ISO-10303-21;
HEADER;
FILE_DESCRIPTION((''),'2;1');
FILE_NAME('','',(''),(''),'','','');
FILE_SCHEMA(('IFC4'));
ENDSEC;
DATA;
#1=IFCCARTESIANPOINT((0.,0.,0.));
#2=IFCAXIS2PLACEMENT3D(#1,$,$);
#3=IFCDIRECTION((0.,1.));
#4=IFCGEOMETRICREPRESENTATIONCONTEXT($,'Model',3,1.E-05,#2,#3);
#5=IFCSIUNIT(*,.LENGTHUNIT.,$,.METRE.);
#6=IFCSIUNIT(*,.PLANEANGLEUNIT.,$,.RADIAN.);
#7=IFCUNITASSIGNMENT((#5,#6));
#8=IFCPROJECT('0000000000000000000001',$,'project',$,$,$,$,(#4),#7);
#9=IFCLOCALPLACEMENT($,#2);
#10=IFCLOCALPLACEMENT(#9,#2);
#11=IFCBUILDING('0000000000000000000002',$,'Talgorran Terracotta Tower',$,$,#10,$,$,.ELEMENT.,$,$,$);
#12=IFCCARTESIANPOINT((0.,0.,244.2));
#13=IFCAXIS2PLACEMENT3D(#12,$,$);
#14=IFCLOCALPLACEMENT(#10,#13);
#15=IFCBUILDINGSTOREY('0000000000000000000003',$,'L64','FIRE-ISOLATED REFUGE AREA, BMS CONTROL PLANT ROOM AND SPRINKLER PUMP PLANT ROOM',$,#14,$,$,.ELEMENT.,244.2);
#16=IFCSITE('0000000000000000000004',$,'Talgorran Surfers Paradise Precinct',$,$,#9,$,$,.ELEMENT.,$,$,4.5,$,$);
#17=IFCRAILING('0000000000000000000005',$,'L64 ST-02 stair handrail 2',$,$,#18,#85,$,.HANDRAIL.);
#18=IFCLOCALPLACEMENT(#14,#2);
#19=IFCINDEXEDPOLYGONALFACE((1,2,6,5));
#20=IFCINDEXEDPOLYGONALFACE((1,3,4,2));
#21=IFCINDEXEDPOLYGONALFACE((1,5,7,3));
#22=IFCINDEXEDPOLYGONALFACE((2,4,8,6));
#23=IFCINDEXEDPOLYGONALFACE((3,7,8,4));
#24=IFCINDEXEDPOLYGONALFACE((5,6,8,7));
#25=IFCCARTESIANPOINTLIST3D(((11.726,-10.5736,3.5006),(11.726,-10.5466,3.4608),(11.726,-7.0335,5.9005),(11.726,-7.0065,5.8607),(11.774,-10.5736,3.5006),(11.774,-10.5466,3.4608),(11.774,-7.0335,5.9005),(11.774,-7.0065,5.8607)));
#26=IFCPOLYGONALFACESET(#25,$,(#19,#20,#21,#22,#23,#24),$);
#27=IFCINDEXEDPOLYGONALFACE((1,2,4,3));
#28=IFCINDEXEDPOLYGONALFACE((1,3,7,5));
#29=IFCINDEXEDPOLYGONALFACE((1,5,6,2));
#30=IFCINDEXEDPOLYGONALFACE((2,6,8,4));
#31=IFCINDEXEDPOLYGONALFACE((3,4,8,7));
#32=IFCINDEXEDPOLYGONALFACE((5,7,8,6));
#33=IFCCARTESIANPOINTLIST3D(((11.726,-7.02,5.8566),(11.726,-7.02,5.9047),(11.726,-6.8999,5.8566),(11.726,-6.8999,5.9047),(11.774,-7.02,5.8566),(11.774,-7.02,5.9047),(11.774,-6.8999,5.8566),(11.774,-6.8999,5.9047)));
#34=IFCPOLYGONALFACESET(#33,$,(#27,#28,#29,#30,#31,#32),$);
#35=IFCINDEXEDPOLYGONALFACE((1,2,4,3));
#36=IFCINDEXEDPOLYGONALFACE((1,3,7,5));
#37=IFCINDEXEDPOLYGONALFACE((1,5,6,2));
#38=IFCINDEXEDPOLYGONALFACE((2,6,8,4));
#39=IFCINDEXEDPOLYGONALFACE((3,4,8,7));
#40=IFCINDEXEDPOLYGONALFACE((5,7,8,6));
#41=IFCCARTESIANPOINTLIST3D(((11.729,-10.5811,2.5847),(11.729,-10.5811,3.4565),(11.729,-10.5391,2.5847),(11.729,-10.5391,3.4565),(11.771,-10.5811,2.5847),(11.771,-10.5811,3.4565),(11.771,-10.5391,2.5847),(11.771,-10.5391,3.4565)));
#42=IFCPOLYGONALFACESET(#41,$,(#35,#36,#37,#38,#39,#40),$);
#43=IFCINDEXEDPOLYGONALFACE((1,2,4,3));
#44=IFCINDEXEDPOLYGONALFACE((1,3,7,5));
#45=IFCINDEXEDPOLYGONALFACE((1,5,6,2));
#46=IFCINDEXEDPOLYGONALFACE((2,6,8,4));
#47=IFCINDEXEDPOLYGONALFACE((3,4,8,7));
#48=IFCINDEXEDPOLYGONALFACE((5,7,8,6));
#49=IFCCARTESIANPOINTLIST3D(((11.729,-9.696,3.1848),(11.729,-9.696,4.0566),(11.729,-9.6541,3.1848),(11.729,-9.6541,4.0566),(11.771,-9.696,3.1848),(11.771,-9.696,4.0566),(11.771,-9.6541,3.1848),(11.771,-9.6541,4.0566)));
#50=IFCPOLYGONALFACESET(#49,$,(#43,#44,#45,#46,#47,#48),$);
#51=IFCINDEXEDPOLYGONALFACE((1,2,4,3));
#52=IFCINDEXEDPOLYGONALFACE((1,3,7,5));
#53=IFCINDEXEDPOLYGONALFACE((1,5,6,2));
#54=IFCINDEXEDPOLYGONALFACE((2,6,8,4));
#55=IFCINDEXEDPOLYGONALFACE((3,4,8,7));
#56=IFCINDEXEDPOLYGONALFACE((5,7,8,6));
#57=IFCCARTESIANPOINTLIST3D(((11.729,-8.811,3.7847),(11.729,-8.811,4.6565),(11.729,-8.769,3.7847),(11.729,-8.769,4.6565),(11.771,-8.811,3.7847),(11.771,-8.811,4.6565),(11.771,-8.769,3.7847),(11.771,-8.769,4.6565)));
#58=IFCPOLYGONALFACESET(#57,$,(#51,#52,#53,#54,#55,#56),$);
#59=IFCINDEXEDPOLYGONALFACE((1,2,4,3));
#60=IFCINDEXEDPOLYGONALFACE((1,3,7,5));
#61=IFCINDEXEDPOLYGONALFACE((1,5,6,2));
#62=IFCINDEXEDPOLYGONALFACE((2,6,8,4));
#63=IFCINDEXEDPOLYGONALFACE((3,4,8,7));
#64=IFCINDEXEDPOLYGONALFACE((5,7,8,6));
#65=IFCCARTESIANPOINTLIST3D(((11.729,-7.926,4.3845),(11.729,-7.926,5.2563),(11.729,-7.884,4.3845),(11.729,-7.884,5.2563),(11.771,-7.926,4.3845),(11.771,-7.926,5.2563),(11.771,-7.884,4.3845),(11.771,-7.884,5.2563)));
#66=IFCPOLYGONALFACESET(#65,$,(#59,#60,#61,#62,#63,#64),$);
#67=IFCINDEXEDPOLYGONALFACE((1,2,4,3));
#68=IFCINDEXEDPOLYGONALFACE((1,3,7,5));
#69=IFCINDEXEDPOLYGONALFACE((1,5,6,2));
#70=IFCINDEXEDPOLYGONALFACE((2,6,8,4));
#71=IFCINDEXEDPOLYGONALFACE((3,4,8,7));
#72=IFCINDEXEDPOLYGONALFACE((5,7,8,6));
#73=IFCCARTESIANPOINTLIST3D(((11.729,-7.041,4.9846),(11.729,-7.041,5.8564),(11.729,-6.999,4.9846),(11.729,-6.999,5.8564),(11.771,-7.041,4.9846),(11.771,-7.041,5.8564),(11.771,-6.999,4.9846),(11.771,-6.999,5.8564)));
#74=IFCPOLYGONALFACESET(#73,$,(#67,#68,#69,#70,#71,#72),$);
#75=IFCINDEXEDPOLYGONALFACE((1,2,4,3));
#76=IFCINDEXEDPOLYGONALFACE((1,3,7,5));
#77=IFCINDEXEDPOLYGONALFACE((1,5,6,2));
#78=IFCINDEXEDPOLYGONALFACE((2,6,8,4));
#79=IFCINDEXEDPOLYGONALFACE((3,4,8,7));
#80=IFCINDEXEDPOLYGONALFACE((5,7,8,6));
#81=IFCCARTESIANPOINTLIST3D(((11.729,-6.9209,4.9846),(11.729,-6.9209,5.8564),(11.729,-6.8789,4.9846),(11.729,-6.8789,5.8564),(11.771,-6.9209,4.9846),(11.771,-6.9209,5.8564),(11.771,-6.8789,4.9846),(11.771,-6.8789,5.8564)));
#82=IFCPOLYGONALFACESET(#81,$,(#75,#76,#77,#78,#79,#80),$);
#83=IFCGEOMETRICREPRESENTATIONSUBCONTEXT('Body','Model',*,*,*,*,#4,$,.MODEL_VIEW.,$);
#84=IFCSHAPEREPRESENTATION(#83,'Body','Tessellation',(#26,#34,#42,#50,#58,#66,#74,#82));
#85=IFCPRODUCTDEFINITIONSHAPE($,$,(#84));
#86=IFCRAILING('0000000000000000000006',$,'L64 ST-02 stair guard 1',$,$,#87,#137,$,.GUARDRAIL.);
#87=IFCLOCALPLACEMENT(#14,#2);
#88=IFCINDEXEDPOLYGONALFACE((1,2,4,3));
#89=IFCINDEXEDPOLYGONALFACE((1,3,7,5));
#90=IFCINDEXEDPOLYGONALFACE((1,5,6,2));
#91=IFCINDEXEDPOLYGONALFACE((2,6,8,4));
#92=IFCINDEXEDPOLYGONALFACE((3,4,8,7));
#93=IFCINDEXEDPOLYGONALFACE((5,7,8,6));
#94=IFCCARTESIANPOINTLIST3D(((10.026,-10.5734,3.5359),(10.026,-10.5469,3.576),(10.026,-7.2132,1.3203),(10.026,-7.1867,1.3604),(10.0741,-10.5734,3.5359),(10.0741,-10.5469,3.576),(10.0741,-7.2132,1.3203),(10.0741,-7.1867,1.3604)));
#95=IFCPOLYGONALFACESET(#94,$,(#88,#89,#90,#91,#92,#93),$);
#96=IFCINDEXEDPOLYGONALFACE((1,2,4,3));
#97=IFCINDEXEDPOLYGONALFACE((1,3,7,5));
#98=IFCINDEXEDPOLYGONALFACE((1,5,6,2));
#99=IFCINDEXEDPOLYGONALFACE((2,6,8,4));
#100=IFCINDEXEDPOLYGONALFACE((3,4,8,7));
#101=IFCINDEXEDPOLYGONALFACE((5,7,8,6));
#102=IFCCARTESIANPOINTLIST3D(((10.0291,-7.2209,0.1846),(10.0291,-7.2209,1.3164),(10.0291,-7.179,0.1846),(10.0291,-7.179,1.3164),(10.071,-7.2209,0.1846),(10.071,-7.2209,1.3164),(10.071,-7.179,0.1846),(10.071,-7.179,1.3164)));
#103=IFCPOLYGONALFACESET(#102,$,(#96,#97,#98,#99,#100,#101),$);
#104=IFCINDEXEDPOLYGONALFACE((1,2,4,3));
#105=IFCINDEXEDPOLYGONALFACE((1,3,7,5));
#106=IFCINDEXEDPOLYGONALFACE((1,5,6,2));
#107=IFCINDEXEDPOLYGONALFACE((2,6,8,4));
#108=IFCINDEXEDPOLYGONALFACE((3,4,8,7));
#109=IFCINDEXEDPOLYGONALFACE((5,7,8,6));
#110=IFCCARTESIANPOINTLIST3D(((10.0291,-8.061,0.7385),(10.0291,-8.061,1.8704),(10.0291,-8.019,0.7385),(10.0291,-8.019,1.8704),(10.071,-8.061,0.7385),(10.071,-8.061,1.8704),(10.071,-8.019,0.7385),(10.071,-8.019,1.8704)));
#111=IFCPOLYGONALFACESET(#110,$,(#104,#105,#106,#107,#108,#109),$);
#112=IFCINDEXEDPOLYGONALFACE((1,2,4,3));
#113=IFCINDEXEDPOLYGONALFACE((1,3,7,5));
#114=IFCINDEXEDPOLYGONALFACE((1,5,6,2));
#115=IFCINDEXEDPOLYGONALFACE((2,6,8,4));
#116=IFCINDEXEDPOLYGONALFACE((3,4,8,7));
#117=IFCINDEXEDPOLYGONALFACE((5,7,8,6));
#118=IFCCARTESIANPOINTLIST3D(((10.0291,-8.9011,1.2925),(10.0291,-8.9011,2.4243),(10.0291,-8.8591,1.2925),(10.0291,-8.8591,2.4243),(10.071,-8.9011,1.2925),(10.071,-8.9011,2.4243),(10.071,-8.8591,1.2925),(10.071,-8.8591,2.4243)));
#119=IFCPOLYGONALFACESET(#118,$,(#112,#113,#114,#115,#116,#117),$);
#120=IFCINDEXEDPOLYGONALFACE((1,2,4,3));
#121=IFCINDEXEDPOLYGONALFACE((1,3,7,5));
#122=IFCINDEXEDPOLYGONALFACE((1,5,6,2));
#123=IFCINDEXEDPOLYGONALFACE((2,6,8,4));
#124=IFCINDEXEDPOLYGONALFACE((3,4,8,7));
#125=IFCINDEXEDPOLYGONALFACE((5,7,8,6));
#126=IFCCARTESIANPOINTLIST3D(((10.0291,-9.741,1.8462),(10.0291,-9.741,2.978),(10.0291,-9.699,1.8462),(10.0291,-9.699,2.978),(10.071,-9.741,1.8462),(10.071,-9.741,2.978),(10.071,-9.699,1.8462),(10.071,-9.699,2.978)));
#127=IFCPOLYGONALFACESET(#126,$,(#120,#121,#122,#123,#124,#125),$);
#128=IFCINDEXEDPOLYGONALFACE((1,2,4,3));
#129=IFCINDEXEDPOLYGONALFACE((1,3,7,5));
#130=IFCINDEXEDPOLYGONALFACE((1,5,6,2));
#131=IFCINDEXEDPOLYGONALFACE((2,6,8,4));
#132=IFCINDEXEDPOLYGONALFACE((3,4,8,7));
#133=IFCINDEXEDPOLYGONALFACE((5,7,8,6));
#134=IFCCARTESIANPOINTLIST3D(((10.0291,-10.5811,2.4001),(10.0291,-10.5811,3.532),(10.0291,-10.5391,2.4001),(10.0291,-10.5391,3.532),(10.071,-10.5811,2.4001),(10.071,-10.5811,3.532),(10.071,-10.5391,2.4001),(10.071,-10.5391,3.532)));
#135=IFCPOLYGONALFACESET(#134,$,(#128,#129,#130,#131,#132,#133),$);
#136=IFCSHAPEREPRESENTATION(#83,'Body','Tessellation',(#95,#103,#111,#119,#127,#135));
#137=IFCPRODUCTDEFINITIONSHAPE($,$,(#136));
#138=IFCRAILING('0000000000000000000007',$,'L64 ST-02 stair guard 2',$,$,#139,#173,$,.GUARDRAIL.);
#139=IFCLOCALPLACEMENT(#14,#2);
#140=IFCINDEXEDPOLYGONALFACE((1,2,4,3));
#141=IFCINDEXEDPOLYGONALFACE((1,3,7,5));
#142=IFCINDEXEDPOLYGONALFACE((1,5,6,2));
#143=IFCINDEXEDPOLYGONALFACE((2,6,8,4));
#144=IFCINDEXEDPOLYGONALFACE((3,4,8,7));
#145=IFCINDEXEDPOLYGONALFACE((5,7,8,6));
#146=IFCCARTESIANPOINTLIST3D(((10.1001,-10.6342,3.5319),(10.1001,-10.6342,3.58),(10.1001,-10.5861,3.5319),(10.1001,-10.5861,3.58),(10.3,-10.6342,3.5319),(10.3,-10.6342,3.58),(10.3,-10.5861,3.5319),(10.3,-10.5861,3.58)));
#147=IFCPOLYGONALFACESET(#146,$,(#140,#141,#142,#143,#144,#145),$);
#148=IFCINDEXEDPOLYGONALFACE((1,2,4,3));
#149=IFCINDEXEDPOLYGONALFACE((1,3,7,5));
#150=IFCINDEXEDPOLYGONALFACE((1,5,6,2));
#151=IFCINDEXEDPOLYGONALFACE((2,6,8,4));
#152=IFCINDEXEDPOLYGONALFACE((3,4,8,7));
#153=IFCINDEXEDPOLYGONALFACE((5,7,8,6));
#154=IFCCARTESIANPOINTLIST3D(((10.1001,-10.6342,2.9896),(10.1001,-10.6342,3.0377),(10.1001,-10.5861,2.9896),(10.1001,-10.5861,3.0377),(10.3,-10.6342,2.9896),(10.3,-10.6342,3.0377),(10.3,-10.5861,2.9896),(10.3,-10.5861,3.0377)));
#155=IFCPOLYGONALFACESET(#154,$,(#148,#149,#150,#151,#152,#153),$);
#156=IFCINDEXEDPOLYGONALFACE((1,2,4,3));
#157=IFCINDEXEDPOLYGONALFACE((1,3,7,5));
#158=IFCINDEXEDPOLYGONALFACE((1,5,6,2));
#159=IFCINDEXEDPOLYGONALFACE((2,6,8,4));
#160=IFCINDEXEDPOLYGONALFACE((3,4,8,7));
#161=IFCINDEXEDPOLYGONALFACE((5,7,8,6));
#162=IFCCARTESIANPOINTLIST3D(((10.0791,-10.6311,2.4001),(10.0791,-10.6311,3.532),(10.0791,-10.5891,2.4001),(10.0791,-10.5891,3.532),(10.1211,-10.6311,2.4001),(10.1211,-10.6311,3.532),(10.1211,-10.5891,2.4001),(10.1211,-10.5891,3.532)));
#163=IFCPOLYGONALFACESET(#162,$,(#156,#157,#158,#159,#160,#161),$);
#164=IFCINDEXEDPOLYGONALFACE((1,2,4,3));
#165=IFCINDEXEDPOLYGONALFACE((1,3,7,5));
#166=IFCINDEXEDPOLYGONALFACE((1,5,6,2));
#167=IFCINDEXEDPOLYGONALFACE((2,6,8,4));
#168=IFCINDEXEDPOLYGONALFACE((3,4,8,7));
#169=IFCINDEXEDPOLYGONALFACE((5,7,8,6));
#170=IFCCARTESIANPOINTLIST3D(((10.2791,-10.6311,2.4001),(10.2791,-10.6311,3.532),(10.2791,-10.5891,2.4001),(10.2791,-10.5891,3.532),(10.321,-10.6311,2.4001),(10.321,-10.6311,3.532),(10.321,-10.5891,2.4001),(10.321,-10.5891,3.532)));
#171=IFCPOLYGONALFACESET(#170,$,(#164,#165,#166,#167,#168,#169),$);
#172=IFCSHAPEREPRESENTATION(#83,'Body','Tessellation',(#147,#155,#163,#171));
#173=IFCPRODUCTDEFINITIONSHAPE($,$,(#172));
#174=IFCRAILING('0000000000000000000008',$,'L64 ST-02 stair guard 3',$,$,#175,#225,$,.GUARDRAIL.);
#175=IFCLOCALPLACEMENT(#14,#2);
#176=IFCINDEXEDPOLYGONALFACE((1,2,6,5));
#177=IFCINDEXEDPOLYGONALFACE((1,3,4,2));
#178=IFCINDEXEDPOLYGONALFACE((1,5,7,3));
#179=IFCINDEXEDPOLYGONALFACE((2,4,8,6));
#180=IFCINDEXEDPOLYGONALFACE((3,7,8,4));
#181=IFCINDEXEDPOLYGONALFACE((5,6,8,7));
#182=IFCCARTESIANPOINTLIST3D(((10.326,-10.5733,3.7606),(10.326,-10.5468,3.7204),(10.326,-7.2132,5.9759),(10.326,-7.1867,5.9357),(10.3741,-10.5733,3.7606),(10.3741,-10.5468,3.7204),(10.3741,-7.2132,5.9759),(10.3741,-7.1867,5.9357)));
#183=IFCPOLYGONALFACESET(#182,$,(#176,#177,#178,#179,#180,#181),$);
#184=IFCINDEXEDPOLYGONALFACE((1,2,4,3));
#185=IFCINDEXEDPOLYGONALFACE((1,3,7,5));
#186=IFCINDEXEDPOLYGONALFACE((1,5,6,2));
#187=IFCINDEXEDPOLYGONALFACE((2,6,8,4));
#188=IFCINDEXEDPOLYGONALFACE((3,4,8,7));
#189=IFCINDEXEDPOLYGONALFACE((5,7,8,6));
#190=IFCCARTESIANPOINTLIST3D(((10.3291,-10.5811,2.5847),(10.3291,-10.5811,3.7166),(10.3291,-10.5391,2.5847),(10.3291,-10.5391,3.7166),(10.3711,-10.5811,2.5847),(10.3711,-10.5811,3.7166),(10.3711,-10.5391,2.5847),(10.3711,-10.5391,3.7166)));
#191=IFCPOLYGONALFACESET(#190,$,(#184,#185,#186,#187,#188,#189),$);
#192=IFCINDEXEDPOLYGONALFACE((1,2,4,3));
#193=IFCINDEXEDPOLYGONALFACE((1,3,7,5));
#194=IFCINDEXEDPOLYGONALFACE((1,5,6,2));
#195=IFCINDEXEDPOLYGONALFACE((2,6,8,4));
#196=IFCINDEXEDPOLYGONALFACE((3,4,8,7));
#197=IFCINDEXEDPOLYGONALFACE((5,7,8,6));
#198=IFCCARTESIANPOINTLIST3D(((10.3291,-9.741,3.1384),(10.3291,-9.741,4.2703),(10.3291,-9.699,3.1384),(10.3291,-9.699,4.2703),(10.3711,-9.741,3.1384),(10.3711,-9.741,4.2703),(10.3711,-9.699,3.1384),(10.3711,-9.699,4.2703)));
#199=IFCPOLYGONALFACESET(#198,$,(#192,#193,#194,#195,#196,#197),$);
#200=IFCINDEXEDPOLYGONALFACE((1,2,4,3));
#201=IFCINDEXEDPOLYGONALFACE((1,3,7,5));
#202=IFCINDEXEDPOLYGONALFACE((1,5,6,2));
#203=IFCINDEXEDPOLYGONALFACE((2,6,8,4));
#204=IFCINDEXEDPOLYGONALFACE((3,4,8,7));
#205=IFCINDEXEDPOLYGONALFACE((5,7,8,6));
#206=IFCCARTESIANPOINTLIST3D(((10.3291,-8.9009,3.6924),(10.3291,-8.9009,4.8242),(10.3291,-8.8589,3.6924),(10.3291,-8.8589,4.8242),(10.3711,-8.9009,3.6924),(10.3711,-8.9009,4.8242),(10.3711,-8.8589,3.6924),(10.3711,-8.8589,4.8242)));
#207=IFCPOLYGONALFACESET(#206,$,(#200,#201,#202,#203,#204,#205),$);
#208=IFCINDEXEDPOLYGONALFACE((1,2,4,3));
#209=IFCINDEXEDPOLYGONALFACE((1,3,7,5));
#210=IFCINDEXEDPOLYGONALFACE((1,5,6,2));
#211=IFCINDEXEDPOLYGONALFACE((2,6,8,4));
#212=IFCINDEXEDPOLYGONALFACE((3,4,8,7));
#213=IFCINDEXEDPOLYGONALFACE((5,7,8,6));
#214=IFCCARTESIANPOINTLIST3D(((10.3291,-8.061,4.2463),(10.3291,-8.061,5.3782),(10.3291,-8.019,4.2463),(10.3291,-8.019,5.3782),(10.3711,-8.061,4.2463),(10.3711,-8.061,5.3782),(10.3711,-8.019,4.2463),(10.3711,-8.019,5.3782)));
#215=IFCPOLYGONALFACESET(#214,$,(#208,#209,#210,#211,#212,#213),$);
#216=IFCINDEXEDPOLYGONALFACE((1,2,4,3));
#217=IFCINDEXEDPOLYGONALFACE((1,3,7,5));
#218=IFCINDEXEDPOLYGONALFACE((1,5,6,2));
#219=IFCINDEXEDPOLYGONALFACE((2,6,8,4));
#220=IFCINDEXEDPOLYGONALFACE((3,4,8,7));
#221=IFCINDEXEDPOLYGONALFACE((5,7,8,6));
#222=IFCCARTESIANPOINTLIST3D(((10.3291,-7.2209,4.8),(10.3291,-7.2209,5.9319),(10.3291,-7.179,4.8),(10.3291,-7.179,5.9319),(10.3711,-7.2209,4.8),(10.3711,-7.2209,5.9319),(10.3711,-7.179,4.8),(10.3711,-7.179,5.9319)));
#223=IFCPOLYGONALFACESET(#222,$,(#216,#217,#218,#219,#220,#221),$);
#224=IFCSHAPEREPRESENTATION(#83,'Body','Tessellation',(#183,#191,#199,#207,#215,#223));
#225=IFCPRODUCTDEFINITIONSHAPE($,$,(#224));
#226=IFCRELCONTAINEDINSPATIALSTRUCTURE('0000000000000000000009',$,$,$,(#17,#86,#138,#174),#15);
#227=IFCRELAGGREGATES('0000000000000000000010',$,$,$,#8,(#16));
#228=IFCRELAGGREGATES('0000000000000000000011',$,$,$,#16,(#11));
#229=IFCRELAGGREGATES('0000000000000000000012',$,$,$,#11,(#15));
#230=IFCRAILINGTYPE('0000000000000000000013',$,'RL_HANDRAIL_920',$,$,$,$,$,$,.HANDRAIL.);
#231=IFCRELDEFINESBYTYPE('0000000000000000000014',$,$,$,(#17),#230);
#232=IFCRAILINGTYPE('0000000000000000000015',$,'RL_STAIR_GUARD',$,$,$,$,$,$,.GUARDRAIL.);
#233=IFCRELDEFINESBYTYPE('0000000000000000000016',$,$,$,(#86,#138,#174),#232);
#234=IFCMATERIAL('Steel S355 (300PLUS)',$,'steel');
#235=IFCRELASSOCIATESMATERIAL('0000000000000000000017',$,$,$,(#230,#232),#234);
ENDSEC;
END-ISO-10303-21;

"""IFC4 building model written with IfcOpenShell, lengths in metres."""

from ifc_helpers import new_model, si_unit, direction, frame, origin, origin_2d, place, context, subcontext, project, spatial, rectangle, extrude, material, type_object, element, save


model = new_model("IFC4")

# Units and contexts
model_context = context("Model", 3, precision=1e-05, world=origin(), true_north=direction((0.0, 1.0)))
body_context = subcontext(model_context, "Body", "Model", "MODEL_VIEW")
ifc_project = project(units=[si_unit("LENGTHUNIT", "METRE"), si_unit("PLANEANGLEUNIT", "RADIAN")], contexts=[model_context])

# Site, building, storey
site_placement = place(None, origin())
site = spatial("IfcSite", under=ifc_project, at=site_placement, Name="Talgorran Surfers Paradise Precinct", CompositionType="ELEMENT", RefElevation=4.5)
building_placement = place(site_placement, origin())
building = spatial("IfcBuilding", under=site, at=building_placement, Name="Talgorran Terracotta Tower", CompositionType="ELEMENT")
storey_placement = place(building_placement, frame((0.0, 0.0, 244.2)))
storey = spatial("IfcBuildingStorey", under=building, at=storey_placement, Name="L64", Description="FIRE-ISOLATED REFUGE AREA, BMS CONTROL PLANT ROOM AND SPRINKLER PUMP PLANT ROOM", CompositionType="ELEMENT", Elevation=244.2)

# Shared definitions
ifc_material_1 = material(Name="Steel S355 (300PLUS)", Category="steel")

# Railings
railing_type_1 = type_object("IfcRailingType", Name="RL_HANDRAIL_920", PredefinedType="HANDRAIL", material=ifc_material_1)
railing_1_placement = place(storey_placement, frame((11.75, -10.5601, 2.5847)))
element("IfcRailing", 1, at=railing_1_placement, inside=storey, type_object=railing_type_1, Name="L64 ST-02 stair handrail 2", PredefinedType="HANDRAIL", context=body_context, shape_type="SweptSolid", body=[
    extrude(rectangle(XDim=0.0481, YDim=0.0481, at=origin_2d()), frame((0.0, 0.0, 0.896), z_axis=(0.0, 0.827722, 0.561138), x_axis=(-1.0, 0.0, 0.0)), (0.0, 0.0, 1.0), 4.2769),
    extrude(rectangle(XDim=0.0481, YDim=0.0481, at=origin_2d()), frame((0.0, 3.54, 3.2959), z_axis=(0.0, 1.0, 0.0), x_axis=(-1.0, 0.0, 0.0)), (0.0, 0.0, 1.0), 0.1201),
    extrude(rectangle(XDim=0.042, YDim=0.042, at=origin_2d()), origin(), (0.0, 0.0, 1.0), 0.8718),
    extrude(rectangle(XDim=0.042, YDim=0.042, at=origin_2d()), frame((0.0, 0.885, 0.6001)), (0.0, 0.0, 1.0), 0.8718),
    extrude(rectangle(XDim=0.042, YDim=0.042, at=origin_2d()), frame((0.0, 1.77, 1.2)), (0.0, 0.0, 1.0), 0.8718),
    extrude(rectangle(XDim=0.042, YDim=0.042, at=origin_2d()), frame((0.0, 2.655, 1.7998)), (0.0, 0.0, 1.0), 0.8718),
    extrude(rectangle(XDim=0.042, YDim=0.042, at=origin_2d()), frame((0.0, 3.54, 2.3999)), (0.0, 0.0, 1.0), 0.8718),
    extrude(rectangle(XDim=0.042, YDim=0.042, at=origin_2d()), frame((0.0, 3.6602, 2.3999)), (0.0, 0.0, 1.0), 0.8718),
])
railing_type_2 = type_object("IfcRailingType", Name="RL_STAIR_GUARD", PredefinedType="GUARDRAIL", material=ifc_material_1)
railing_2_placement = place(storey_placement, frame((10.05, -7.2, 0.1846)))
element("IfcRailing", 2, at=railing_2_placement, inside=storey, type_object=railing_type_2, Name="L64 ST-02 stair guard 1", PredefinedType="GUARDRAIL", context=body_context, shape_type="SweptSolid", body=[
    extrude(rectangle(XDim=0.0481, YDim=0.0481, at=origin_2d()), frame((0.0, 0.0, 1.1558), z_axis=(0.0, -0.834849, 0.55048), x_axis=(1.0, 0.0, 0.0)), (0.0, 0.0, 1.0), 4.0249),
    extrude(rectangle(XDim=0.042, YDim=0.042, at=origin_2d()), origin(), (0.0, 0.0, 1.0), 1.1318),
    extrude(rectangle(XDim=0.042, YDim=0.042, at=origin_2d()), frame((0.0, -0.8401, 0.554)), (0.0, 0.0, 1.0), 1.1318),
    extrude(rectangle(XDim=0.042, YDim=0.042, at=origin_2d()), frame((0.0, -1.6802, 1.1079)), (0.0, 0.0, 1.0), 1.1318),
    extrude(rectangle(XDim=0.042, YDim=0.042, at=origin_2d()), frame((0.0, -2.52, 1.6616)), (0.0, 0.0, 1.0), 1.1318),
    extrude(rectangle(XDim=0.042, YDim=0.042, at=origin_2d()), frame((0.0, -3.3601, 2.2156)), (0.0, 0.0, 1.0), 1.1318),
])
railing_3_placement = place(storey_placement, frame((10.1001, -10.6101, 2.4001)))
element("IfcRailing", 3, at=railing_3_placement, inside=storey, type_object=railing_type_2, Name="L64 ST-02 stair guard 2", PredefinedType="GUARDRAIL", context=body_context, shape_type="SweptSolid", body=[
    extrude(rectangle(XDim=0.0481, YDim=0.0481, at=origin_2d()), frame((0.0, 0.0, 1.1558), z_axis=(1.0, 0.0, 0.0), x_axis=(0.0, 1.0, 0.0)), (0.0, 0.0, 1.0), 0.2),
    extrude(rectangle(XDim=0.0481, YDim=0.0481, at=origin_2d()), frame((0.0, 0.0, 0.6135), z_axis=(1.0, 0.0, 0.0), x_axis=(0.0, 1.0, 0.0)), (0.0, 0.0, 1.0), 0.2),
    extrude(rectangle(XDim=0.042, YDim=0.042, at=origin_2d()), origin(), (0.0, 0.0, 1.0), 1.1318),
    extrude(rectangle(XDim=0.042, YDim=0.042, at=origin_2d()), frame((0.2, 0.0, 0.0)), (0.0, 0.0, 1.0), 1.1318),
])
railing_4_placement = place(storey_placement, frame((10.3501, -10.5601, 2.5847)))
element("IfcRailing", 4, at=railing_4_placement, inside=storey, type_object=railing_type_2, Name="L64 ST-02 stair guard 3", PredefinedType="GUARDRAIL", context=body_context, shape_type="SweptSolid", body=[
    extrude(rectangle(XDim=0.0481, YDim=0.0481, at=origin_2d()), frame((0.0, 0.0, 1.1558), z_axis=(0.0, 0.834876, 0.550437), x_axis=(-1.0, 0.0, 0.0)), (0.0, 0.0, 1.0), 4.0247),
    extrude(rectangle(XDim=0.042, YDim=0.042, at=origin_2d()), origin(), (0.0, 0.0, 1.0), 1.1318),
    extrude(rectangle(XDim=0.042, YDim=0.042, at=origin_2d()), frame((0.0, 0.8401, 0.5537)), (0.0, 0.0, 1.0), 1.1318),
    extrude(rectangle(XDim=0.042, YDim=0.042, at=origin_2d()), frame((0.0, 1.6802, 1.1077)), (0.0, 0.0, 1.0), 1.1318),
    extrude(rectangle(XDim=0.042, YDim=0.042, at=origin_2d()), frame((0.0, 2.52, 1.6616)), (0.0, 0.0, 1.0), 1.1318),
    extrude(rectangle(XDim=0.042, YDim=0.042, at=origin_2d()), frame((0.0, 3.3601, 2.2153)), (0.0, 0.0, 1.0), 1.1318),
])

save(model, "model.ifc")
